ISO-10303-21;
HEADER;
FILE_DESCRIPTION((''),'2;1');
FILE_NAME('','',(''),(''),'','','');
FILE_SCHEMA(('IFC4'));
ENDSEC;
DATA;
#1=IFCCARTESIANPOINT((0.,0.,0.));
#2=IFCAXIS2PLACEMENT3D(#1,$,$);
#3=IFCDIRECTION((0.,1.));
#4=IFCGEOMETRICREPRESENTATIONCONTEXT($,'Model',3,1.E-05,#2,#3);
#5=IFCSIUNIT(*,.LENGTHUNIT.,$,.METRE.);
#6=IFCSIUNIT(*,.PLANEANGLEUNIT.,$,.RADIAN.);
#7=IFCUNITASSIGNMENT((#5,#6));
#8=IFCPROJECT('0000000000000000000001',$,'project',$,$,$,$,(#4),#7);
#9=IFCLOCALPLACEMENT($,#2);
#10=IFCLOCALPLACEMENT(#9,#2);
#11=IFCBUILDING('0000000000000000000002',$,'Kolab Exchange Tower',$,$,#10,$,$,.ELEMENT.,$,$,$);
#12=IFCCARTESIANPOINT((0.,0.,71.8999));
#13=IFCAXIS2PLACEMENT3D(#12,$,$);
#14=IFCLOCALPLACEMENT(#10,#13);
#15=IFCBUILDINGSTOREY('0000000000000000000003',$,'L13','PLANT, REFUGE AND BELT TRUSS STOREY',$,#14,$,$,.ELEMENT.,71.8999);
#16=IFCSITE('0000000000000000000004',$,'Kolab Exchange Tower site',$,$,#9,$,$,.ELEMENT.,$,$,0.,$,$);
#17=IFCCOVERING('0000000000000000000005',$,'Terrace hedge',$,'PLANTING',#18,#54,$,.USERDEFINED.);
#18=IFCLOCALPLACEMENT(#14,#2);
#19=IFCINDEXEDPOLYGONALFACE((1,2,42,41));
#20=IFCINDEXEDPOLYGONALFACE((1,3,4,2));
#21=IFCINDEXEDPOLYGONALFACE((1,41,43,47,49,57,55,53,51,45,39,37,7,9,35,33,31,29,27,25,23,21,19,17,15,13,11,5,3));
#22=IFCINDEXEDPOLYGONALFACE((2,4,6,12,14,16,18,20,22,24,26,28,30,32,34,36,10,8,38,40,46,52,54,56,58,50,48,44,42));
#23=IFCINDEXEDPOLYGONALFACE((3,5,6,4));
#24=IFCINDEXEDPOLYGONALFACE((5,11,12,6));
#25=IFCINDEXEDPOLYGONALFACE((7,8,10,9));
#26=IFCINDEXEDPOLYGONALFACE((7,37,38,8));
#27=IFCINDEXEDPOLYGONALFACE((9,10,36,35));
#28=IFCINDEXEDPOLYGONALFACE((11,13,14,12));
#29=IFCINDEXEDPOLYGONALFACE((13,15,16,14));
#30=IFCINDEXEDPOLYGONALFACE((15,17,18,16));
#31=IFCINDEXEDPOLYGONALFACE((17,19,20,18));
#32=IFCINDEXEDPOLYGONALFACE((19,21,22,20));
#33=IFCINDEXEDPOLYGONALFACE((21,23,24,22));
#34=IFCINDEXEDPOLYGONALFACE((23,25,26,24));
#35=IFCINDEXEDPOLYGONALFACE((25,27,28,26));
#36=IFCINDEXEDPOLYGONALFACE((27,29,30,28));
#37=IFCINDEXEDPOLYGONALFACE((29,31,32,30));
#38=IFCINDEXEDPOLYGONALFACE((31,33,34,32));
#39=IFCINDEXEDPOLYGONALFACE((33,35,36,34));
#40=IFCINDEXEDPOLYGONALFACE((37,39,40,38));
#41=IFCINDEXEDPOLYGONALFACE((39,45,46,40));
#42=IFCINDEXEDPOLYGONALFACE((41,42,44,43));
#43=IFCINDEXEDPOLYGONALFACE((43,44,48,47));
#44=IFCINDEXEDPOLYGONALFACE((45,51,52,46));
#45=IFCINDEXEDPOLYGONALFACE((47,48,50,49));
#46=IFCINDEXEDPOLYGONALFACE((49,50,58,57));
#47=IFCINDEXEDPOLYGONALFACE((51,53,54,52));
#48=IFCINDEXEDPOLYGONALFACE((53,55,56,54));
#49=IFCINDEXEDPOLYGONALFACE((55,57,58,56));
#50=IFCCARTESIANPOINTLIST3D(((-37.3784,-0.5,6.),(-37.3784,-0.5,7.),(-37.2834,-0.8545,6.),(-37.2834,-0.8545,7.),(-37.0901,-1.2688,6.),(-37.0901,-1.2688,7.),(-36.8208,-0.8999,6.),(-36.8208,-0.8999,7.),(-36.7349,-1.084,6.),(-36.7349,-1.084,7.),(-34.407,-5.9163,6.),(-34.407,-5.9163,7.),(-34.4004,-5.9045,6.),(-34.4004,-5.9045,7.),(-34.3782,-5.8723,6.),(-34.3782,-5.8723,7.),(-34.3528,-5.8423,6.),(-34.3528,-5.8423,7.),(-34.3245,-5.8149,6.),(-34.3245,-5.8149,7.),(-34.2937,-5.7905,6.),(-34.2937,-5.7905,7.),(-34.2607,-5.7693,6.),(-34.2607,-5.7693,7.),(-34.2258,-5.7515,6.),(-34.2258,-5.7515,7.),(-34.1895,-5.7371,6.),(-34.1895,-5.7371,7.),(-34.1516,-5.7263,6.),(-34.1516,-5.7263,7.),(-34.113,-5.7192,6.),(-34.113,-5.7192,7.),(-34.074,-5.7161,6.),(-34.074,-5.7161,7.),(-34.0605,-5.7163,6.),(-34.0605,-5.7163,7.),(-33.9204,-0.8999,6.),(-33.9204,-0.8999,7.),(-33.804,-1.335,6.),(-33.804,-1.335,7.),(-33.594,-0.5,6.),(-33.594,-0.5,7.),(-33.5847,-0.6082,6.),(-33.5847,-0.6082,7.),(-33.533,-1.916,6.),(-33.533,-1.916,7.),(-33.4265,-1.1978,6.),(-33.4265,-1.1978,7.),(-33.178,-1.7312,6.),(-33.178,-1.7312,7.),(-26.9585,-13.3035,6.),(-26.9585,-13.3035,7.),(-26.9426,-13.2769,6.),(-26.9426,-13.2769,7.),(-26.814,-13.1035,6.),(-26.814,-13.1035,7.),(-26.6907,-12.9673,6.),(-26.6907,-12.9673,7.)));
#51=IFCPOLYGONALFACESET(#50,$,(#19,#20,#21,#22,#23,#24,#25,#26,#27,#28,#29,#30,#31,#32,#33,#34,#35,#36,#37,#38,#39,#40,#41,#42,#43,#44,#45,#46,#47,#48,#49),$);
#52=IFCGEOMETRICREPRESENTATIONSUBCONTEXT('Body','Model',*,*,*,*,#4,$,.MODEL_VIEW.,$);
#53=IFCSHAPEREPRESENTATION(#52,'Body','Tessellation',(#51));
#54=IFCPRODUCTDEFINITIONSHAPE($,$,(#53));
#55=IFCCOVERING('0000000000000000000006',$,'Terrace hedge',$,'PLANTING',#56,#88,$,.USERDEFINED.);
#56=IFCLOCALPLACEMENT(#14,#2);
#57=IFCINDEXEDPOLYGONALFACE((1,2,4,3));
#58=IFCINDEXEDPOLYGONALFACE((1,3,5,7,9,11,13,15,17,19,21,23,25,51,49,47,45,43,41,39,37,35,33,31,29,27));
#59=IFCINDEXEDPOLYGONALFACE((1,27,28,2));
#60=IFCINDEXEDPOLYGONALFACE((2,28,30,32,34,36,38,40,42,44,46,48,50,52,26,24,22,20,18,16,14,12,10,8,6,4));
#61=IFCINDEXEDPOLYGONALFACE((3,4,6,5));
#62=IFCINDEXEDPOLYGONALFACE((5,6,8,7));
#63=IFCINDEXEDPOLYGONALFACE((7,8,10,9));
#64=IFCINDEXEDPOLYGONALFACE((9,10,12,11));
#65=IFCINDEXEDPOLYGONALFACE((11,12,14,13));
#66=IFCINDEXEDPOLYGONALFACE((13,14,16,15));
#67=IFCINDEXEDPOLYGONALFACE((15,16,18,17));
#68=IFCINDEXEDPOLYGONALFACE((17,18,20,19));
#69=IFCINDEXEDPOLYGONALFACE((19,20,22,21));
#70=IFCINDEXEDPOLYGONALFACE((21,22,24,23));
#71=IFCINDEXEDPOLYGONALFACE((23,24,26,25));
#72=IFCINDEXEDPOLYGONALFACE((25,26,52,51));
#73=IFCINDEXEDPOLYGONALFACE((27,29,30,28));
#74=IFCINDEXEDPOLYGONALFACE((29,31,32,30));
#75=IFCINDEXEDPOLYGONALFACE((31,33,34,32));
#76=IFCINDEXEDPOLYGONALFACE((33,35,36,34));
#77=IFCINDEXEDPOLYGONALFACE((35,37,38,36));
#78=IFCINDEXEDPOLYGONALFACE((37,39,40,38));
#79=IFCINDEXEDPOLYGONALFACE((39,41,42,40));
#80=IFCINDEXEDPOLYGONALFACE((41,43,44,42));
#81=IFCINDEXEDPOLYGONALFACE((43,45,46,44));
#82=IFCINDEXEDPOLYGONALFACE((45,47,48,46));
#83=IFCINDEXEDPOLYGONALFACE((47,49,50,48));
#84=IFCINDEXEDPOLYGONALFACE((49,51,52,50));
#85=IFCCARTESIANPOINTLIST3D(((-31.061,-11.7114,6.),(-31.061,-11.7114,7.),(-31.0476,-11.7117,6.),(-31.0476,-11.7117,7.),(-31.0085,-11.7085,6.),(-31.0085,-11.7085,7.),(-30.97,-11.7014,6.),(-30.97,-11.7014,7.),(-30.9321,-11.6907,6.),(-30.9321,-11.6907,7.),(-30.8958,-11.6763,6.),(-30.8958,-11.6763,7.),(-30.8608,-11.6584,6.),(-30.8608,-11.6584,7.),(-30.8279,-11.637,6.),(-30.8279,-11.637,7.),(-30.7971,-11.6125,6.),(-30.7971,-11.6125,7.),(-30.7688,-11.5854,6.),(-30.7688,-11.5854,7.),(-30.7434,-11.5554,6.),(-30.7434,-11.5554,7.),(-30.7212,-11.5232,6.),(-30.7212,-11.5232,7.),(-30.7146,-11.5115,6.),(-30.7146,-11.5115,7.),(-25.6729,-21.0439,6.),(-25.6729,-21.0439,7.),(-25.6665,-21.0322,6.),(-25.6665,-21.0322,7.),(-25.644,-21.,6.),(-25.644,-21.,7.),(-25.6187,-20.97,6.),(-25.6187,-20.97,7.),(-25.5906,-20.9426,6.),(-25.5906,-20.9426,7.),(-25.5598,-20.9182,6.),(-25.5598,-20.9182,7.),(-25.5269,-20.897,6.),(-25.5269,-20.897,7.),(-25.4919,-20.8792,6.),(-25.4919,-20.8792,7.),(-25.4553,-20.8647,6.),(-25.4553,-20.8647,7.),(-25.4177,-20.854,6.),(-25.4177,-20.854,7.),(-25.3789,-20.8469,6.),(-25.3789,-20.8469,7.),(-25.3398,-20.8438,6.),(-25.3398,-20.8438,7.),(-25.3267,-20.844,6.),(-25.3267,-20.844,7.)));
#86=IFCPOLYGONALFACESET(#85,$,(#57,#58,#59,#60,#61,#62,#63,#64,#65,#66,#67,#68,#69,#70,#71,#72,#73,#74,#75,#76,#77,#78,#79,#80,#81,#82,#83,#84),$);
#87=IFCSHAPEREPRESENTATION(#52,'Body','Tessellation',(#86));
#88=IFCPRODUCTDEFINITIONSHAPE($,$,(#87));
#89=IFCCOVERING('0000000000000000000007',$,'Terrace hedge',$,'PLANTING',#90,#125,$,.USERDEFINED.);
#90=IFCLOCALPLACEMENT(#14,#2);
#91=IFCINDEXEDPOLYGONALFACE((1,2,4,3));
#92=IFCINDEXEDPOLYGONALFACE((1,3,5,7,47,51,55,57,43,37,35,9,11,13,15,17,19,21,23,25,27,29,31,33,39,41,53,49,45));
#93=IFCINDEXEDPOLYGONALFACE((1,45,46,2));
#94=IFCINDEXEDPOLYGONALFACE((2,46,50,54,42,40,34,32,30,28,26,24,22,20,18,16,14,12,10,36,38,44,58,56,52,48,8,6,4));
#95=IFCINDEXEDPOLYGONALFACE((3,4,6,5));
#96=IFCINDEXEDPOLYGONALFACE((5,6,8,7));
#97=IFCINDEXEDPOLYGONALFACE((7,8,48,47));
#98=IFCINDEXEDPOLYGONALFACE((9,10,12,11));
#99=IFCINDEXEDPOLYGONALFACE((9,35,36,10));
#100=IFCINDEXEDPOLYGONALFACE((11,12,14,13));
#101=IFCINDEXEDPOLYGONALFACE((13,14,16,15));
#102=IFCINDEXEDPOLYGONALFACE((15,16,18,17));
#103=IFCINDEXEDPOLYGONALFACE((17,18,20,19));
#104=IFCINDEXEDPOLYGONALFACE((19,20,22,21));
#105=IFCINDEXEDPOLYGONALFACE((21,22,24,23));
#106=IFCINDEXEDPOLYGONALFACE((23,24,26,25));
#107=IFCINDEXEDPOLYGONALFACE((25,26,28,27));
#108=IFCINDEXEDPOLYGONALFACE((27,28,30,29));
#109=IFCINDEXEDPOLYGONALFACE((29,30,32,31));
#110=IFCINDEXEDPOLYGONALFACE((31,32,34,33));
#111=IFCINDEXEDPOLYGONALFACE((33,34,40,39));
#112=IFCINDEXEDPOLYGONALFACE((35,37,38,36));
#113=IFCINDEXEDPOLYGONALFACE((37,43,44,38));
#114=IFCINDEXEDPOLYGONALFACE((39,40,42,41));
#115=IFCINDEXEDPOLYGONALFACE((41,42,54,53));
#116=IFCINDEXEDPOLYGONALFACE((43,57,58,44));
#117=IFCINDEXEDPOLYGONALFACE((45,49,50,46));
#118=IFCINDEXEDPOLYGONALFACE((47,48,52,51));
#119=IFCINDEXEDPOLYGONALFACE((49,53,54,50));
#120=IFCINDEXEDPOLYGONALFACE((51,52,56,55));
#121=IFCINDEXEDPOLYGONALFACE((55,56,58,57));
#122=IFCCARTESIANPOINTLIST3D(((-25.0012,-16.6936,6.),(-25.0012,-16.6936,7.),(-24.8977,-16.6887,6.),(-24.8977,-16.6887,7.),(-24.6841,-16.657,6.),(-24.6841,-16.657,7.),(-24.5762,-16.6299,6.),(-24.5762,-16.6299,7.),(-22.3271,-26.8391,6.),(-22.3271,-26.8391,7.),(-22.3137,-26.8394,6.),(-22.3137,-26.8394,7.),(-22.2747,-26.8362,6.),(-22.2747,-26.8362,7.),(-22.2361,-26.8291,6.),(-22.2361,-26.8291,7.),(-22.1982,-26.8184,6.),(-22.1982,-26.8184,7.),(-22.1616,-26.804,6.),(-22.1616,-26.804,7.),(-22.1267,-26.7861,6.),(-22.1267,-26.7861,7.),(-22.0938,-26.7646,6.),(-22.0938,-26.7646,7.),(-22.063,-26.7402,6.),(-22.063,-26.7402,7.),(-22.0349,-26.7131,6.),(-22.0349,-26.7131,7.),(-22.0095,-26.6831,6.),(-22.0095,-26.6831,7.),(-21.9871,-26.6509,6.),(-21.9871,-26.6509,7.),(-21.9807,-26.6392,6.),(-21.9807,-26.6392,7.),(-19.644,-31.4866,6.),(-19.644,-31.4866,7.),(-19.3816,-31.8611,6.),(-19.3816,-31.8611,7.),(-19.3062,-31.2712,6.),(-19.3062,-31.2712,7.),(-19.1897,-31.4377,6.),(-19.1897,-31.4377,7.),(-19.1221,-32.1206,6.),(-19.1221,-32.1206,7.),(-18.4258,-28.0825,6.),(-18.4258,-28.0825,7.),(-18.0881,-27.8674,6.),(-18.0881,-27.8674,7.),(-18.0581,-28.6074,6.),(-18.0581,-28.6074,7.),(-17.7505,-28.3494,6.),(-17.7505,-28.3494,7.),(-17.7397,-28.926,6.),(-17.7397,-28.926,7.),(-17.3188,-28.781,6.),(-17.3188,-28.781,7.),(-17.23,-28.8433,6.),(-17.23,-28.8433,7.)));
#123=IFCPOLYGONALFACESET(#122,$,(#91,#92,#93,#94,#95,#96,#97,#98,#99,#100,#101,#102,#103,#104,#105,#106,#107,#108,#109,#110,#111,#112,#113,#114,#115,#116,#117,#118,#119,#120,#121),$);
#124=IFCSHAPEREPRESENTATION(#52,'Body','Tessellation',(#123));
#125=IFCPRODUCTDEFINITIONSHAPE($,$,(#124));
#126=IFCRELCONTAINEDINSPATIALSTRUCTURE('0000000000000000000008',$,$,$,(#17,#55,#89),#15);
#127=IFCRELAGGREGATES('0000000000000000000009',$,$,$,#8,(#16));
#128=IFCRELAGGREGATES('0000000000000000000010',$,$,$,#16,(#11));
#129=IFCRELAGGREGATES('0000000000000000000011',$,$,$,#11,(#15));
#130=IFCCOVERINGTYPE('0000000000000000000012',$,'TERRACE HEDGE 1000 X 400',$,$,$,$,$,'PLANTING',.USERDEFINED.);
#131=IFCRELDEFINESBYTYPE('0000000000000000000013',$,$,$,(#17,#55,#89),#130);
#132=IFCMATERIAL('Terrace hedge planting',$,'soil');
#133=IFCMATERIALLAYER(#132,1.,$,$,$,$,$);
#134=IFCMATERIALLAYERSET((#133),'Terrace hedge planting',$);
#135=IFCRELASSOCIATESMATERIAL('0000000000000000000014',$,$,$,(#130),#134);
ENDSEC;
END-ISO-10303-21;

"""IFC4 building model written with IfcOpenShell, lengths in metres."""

from ifc_helpers import new_model, si_unit, direction, frame, origin, place, context, subcontext, project, spatial, polyline, outline, extrude, material, layer, layer_set, type_object, element, save


model = new_model("IFC4")

# Units and contexts
model_context = context("Model", 3, precision=1e-05, world=origin(), true_north=direction((0.0, 1.0)))
body_context = subcontext(model_context, "Body", "Model", "MODEL_VIEW")
ifc_project = project(units=[si_unit("LENGTHUNIT", "METRE"), si_unit("PLANEANGLEUNIT", "RADIAN")], contexts=[model_context])

# Site, building, storey
site_placement = place(None, origin())
site = spatial("IfcSite", under=ifc_project, at=site_placement, Name="Kolab Exchange Tower site", CompositionType="ELEMENT", RefElevation=0.0)
building_placement = place(site_placement, origin())
building = spatial("IfcBuilding", under=site, at=building_placement, Name="Kolab Exchange Tower", CompositionType="ELEMENT")
storey_placement = place(building_placement, frame((0.0, 0.0, 71.8999)))
storey = spatial("IfcBuildingStorey", under=building, at=storey_placement, Name="L13", Description="PLANT, REFUGE AND BELT TRUSS STOREY", CompositionType="ELEMENT", Elevation=71.8999)

# Coverings
ifc_material_1 = material(Name="Terrace hedge planting", Category="soil")
ifc_layer_1 = layer(ifc_material_1, 1.0)
ifc_layer_set_1 = layer_set([ifc_layer_1], Name="Terrace hedge planting")
covering_type_1 = type_object("IfcCoveringType", Name="TERRACE HEDGE 1000 X 400", ElementType="PLANTING", PredefinedType="USERDEFINED", material=ifc_layer_set_1)
covering_1_placement = place(storey_placement, frame((0.0, 0.0, 6.0)))
element("IfcCovering", 1, at=covering_1_placement, inside=storey, type_object=covering_type_1, Name="Terrace hedge", ObjectType="PLANTING", PredefinedType="USERDEFINED", context=body_context, shape_type="SweptSolid", body=[
    extrude(outline(polyline([(-33.5847, -0.6082), (-33.4265, -1.1978), (-33.178, -1.7312), (-26.6907, -12.9673), (-26.814, -13.1035), (-26.9426, -13.2769), (-26.9585, -13.3035), (-33.533, -1.916), (-33.804, -1.335), (-33.9204, -0.8999), (-36.8208, -0.8999), (-36.7349, -1.084), (-34.0605, -5.7163), (-34.074, -5.7161), (-34.113, -5.7192), (-34.1516, -5.7263), (-34.1895, -5.7371), (-34.2258, -5.7515), (-34.2607, -5.7693), (-34.2937, -5.7905), (-34.3245, -5.8149), (-34.3528, -5.8423), (-34.3782, -5.8723), (-34.4004, -5.9045), (-34.407, -5.9163), (-37.0901, -1.2688), (-37.2834, -0.8545), (-37.3784, -0.5), (-33.594, -0.5), (-33.5847, -0.6082)])), origin(), (0.0, 0.0, 1.0), 1.0),
])
covering_2_placement = place(storey_placement, frame((0.0, 0.0, 6.0)))
element("IfcCovering", 2, at=covering_2_placement, inside=storey, type_object=covering_type_1, Name="Terrace hedge", ObjectType="PLANTING", PredefinedType="USERDEFINED", context=body_context, shape_type="SweptSolid", body=[
    extrude(outline(polyline([(-31.061, -11.7114), (-31.0476, -11.7117), (-31.0085, -11.7085), (-30.97, -11.7014), (-30.9321, -11.6907), (-30.8958, -11.6763), (-30.8608, -11.6584), (-30.8279, -11.637), (-30.7971, -11.6125), (-30.7688, -11.5854), (-30.7434, -11.5554), (-30.7212, -11.5232), (-30.7146, -11.5115), (-25.3267, -20.844), (-25.3398, -20.8438), (-25.3789, -20.8469), (-25.4177, -20.854), (-25.4553, -20.8647), (-25.4919, -20.8792), (-25.5269, -20.897), (-25.5598, -20.9182), (-25.5906, -20.9426), (-25.6187, -20.97), (-25.644, -21.0), (-25.6665, -21.0322), (-25.6729, -21.0439), (-31.061, -11.7114)])), origin(), (0.0, 0.0, 1.0), 1.0),
])
covering_3_placement = place(storey_placement, frame((0.0, 0.0, 6.0)))
element("IfcCovering", 3, at=covering_3_placement, inside=storey, type_object=covering_type_1, Name="Terrace hedge", ObjectType="PLANTING", PredefinedType="USERDEFINED", context=body_context, shape_type="SweptSolid", body=[
    extrude(outline(polyline([(-18.0881, -27.8674), (-17.7505, -28.3494), (-17.3188, -28.781), (-17.23, -28.8433), (-19.1221, -32.1206), (-19.3816, -31.8611), (-19.644, -31.4866), (-22.3271, -26.8391), (-22.3137, -26.8394), (-22.2747, -26.8362), (-22.2361, -26.8291), (-22.1982, -26.8184), (-22.1616, -26.804), (-22.1267, -26.7861), (-22.0938, -26.7646), (-22.063, -26.7402), (-22.0349, -26.7131), (-22.0095, -26.6831), (-21.9871, -26.6509), (-21.9807, -26.6392), (-19.3062, -31.2712), (-19.1897, -31.4377), (-17.7397, -28.926), (-18.0581, -28.6074), (-18.4258, -28.0825), (-25.0012, -16.6936), (-24.8977, -16.6887), (-24.6841, -16.657), (-24.5762, -16.6299), (-18.0881, -27.8674)])), origin(), (0.0, 0.0, 1.0), 1.0),
])

save(model, "model.ifc")
